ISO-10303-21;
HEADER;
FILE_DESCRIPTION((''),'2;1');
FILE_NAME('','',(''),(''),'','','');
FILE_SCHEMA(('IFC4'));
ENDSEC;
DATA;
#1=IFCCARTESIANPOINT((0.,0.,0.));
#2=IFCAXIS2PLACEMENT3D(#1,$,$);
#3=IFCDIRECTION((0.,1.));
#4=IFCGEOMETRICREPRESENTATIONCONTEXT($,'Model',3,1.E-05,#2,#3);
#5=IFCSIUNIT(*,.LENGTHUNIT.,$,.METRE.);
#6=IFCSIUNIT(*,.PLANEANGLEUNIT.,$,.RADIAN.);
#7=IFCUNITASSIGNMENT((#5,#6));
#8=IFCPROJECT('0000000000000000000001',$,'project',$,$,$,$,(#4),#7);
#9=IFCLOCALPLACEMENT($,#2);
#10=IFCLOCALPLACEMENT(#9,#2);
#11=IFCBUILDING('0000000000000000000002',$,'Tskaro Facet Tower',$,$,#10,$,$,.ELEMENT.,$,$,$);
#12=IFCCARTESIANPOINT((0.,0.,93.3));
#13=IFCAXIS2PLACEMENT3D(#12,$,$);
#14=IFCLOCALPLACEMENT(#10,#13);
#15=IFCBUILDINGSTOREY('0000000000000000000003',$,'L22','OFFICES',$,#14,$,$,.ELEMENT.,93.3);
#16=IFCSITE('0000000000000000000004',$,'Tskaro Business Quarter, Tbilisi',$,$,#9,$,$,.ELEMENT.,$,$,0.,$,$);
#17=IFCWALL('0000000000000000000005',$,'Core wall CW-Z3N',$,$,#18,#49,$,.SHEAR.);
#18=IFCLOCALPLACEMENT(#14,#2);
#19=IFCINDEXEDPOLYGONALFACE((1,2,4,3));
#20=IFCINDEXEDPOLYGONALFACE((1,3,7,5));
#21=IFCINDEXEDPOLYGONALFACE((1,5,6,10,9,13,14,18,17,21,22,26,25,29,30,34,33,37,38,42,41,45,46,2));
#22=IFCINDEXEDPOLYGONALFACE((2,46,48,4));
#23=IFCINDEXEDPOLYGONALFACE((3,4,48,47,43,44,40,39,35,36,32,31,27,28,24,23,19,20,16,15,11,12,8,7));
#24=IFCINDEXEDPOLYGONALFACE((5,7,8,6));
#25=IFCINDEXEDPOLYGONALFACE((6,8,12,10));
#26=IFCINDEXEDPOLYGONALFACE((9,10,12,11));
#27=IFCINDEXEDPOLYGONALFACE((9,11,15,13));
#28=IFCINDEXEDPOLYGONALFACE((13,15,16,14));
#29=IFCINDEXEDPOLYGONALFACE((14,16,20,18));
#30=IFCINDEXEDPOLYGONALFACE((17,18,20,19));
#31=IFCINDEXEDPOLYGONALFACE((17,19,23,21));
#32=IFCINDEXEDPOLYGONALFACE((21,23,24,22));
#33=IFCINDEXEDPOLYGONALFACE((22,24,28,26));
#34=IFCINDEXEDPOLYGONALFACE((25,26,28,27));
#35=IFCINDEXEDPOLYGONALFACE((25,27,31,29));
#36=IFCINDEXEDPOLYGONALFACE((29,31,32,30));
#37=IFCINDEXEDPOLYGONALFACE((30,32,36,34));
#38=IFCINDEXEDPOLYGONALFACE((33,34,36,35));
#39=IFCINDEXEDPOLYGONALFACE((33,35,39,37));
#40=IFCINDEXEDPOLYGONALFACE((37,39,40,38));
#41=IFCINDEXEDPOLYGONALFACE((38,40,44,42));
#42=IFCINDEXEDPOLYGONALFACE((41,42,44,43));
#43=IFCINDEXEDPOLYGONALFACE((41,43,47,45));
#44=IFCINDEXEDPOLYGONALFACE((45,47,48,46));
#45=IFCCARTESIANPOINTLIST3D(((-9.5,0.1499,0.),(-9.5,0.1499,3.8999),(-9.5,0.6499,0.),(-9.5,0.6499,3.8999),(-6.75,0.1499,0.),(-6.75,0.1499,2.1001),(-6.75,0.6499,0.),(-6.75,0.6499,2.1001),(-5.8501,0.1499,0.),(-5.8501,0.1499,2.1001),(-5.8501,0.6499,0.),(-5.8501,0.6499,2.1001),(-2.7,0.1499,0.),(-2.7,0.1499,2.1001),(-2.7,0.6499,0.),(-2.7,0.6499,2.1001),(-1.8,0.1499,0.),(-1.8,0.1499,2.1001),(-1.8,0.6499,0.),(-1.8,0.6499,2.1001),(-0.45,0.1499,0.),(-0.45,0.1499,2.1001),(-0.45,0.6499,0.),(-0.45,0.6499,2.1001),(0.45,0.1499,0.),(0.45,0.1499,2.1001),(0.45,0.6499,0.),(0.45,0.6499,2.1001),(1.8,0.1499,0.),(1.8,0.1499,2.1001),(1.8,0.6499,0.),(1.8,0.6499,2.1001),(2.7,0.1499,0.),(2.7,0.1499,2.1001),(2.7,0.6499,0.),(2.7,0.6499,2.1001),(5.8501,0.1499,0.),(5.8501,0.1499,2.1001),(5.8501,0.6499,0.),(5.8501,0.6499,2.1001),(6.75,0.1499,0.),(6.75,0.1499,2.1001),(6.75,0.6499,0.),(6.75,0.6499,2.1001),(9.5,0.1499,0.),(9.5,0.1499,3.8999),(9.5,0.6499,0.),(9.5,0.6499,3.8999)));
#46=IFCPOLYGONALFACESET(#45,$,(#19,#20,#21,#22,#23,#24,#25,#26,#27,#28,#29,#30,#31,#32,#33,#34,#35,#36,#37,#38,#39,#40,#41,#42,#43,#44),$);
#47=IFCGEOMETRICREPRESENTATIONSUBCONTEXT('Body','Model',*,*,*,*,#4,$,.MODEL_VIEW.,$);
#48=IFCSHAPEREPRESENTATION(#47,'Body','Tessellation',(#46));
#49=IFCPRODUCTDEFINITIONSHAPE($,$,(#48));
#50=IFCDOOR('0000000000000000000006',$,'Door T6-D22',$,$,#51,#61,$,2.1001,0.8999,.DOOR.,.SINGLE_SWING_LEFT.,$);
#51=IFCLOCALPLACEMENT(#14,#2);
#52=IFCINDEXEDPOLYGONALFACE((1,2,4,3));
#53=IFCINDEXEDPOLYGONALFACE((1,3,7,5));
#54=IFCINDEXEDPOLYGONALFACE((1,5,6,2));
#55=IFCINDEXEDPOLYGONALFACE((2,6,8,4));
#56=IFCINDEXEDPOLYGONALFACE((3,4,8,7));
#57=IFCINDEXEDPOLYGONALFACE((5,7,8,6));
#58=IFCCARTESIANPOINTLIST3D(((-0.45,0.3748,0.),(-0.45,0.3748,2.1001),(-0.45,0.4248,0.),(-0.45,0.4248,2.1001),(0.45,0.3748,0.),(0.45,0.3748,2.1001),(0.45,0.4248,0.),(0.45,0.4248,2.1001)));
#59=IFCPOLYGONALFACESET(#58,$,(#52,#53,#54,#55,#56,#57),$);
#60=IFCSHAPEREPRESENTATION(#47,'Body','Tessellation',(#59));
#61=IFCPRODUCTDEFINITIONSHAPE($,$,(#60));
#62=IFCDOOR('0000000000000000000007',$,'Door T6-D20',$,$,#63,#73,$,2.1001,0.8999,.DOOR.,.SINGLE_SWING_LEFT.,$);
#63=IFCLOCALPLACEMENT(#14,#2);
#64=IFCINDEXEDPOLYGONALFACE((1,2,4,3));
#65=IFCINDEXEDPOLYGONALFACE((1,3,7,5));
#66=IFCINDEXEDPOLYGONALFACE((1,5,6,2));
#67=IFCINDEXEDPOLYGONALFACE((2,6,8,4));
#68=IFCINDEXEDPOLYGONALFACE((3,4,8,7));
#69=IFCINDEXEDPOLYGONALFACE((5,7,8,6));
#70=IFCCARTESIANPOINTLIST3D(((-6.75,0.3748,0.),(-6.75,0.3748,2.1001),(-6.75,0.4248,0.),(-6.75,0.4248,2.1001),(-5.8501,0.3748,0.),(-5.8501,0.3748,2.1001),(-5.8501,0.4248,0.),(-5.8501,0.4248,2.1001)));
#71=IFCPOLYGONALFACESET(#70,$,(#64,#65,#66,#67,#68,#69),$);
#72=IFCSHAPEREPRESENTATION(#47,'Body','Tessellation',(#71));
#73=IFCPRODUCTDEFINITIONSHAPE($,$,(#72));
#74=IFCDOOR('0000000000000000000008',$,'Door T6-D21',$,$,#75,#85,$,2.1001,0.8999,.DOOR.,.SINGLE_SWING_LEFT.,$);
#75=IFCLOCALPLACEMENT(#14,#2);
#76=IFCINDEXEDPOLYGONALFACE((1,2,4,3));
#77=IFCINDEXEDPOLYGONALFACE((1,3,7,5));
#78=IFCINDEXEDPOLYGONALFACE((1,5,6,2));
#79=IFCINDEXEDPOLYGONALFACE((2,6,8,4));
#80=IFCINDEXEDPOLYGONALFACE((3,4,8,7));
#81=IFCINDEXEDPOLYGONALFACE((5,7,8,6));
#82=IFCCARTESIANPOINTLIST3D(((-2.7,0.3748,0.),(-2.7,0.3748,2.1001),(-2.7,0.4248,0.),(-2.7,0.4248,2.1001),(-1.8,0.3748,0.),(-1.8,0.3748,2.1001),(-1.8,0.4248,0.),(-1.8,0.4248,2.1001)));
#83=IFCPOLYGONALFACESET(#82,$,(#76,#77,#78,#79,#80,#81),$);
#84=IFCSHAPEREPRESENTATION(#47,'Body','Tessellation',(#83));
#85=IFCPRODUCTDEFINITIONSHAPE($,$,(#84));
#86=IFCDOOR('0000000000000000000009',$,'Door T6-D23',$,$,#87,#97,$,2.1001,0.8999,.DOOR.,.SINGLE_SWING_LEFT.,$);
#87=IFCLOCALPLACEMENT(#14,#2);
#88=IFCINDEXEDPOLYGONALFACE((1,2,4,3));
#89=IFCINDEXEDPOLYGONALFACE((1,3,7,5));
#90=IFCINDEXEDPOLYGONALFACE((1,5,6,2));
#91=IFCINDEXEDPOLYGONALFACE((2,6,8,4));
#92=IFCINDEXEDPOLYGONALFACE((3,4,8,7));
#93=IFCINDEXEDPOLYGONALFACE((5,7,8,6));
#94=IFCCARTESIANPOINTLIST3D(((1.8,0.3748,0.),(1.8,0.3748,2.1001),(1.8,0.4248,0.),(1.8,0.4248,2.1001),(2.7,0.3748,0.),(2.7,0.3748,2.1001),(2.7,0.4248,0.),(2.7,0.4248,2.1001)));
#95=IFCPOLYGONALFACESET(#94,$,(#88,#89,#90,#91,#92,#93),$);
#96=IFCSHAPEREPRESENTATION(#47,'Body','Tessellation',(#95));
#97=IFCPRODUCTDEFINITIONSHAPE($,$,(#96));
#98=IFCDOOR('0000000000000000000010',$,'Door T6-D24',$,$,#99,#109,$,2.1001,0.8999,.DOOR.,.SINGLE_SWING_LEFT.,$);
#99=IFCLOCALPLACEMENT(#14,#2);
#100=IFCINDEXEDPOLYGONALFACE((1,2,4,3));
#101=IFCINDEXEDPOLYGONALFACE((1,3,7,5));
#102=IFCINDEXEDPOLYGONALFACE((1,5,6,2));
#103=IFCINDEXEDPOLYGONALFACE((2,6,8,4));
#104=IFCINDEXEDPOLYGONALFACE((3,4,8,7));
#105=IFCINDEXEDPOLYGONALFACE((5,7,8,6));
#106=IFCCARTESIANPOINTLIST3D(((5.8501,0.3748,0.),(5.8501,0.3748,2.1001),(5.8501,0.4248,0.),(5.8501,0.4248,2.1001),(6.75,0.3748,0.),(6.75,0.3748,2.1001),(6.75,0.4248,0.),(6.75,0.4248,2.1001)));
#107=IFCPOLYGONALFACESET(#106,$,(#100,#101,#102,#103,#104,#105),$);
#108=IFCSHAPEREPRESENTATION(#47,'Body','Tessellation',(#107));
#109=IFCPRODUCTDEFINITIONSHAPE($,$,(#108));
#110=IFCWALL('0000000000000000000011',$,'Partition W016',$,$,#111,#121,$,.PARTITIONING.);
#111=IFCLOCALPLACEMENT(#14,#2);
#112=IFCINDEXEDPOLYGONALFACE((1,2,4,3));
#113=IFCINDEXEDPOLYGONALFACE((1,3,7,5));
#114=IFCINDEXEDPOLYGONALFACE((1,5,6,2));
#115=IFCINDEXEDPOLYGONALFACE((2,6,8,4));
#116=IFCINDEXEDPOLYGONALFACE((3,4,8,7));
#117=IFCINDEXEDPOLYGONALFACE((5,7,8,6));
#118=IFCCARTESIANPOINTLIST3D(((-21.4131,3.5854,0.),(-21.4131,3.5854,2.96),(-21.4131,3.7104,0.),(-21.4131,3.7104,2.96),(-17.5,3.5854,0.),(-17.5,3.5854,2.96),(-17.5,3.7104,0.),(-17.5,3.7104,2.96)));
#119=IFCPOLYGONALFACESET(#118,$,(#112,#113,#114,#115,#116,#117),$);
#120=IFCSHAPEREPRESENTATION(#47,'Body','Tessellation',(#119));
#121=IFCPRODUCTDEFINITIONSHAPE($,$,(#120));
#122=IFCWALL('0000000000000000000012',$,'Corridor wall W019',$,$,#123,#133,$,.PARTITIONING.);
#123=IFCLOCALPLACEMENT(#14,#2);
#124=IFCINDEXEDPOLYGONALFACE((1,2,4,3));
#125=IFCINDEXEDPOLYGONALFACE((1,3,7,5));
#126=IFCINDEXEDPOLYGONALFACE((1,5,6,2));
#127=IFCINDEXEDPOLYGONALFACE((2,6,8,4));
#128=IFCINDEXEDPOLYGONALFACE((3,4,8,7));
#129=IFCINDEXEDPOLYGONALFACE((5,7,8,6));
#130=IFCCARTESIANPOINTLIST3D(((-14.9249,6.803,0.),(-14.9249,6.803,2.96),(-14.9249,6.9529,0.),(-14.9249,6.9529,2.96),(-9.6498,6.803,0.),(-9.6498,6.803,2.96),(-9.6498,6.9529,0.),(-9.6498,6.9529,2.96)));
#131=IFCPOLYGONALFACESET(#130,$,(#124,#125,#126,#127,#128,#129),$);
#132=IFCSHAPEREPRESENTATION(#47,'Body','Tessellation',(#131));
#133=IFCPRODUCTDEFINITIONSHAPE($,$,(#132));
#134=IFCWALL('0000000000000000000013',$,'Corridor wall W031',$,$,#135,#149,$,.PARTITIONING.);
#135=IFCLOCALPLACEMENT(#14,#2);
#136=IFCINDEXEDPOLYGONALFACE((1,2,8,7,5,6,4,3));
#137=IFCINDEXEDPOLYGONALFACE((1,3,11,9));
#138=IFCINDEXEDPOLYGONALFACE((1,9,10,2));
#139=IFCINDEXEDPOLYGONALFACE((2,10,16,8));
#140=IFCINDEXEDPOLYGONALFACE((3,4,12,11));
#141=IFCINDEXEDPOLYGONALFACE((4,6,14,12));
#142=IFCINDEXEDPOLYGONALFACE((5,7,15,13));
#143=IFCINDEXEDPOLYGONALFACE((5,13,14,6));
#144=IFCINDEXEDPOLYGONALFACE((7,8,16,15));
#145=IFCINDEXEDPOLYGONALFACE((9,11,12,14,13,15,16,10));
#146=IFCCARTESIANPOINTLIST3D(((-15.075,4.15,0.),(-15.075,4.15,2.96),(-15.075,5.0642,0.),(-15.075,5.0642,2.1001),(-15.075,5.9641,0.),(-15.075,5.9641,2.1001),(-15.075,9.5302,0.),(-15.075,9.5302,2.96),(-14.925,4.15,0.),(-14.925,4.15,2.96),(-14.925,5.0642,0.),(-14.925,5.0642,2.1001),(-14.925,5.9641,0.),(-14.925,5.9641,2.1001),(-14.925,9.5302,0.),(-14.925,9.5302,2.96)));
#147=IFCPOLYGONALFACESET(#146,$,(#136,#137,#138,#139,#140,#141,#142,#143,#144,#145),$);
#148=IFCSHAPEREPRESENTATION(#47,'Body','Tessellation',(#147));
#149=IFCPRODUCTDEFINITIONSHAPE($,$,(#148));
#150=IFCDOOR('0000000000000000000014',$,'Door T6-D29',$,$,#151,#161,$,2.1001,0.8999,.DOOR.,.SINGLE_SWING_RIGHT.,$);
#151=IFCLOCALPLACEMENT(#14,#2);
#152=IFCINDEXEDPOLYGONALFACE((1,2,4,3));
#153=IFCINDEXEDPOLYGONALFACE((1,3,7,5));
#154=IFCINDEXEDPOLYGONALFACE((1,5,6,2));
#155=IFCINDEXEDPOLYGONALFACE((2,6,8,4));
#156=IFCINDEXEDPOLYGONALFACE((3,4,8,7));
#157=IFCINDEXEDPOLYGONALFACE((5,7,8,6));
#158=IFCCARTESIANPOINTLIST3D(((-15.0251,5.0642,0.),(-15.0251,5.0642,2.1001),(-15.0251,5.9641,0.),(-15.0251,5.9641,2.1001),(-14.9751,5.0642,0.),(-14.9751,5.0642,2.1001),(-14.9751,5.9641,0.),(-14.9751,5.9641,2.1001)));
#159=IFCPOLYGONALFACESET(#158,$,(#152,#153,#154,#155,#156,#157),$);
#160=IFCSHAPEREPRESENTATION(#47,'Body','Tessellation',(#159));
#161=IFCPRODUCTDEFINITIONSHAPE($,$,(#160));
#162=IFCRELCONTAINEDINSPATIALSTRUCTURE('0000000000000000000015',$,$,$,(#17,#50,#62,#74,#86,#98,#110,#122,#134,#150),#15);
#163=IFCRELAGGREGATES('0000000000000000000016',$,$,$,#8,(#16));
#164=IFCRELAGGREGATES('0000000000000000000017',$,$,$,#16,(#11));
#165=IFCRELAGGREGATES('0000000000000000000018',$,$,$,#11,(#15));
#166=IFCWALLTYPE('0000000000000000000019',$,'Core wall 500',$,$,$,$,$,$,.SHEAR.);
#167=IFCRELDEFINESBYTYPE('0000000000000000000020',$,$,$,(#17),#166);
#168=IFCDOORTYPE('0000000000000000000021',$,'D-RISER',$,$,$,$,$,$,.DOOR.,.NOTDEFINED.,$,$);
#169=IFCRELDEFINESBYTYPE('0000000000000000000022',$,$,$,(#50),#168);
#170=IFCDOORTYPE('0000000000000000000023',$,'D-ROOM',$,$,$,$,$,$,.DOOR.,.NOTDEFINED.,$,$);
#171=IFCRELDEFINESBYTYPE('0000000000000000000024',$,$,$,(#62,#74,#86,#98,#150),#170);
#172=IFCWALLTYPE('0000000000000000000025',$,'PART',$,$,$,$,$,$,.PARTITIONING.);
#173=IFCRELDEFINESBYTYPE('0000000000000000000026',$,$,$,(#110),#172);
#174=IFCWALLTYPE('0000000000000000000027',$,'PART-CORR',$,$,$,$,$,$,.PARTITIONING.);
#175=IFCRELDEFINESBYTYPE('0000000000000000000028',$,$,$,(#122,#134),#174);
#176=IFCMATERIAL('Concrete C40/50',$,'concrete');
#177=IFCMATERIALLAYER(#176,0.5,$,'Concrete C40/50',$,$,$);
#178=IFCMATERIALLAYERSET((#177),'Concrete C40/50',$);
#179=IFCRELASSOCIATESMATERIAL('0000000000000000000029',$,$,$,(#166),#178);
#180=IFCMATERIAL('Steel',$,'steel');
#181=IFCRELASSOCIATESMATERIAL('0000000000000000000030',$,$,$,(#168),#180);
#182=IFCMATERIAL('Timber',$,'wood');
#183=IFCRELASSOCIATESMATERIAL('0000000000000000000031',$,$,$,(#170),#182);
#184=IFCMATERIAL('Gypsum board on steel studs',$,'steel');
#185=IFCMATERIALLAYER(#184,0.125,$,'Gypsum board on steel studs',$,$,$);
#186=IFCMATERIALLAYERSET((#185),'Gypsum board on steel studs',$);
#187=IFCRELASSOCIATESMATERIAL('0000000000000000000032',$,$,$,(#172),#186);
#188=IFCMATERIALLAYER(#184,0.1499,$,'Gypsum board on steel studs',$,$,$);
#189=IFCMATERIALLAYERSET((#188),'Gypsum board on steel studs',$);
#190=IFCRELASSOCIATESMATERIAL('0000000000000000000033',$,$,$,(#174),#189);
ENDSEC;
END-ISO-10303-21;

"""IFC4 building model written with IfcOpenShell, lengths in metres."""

from ifc_helpers import new_model, si_unit, direction, frame, frame_2d, origin, place, context, subcontext, project, spatial, rectangle, extrude, material, layer, layer_set, type_object, element, fill, save


model = new_model("IFC4")

# Units and contexts
model_context = context("Model", 3, precision=1e-05, world=origin(), true_north=direction((0.0, 1.0)))
body_context = subcontext(model_context, "Body", "Model", "MODEL_VIEW")
ifc_project = project(units=[si_unit("LENGTHUNIT", "METRE"), si_unit("PLANEANGLEUNIT", "RADIAN")], contexts=[model_context])

# Site, building, storey
site_placement = place(None, origin())
site = spatial("IfcSite", under=ifc_project, at=site_placement, Name="Tskaro Business Quarter, Tbilisi", CompositionType="ELEMENT", RefElevation=0.0)
building_placement = place(site_placement, origin())
building = spatial("IfcBuilding", under=site, at=building_placement, Name="Tskaro Facet Tower", CompositionType="ELEMENT")
storey_placement = place(building_placement, frame((0.0, 0.0, 93.3)))
storey = spatial("IfcBuildingStorey", under=building, at=storey_placement, Name="L22", Description="OFFICES", CompositionType="ELEMENT", Elevation=93.3)

# Wall, openings, doors
ifc_material_1 = material(Name="Concrete C40/50", Category="concrete")
ifc_layer_1 = layer(ifc_material_1, 0.5, Name="Concrete C40/50")
ifc_layer_set_1 = layer_set([ifc_layer_1], Name="Concrete C40/50")
wall_type_1 = type_object("IfcWallType", Name="Core wall 500", PredefinedType="SHEAR", material=ifc_layer_set_1)
wall_1_placement = place(storey_placement, frame((-9.5, 0.3999, 0.0), z_axis=(0.0, 0.0, 1.0), x_axis=(1.0, 0.0, 0.0)))
wall_1 = element("IfcWall", 1, at=wall_1_placement, inside=storey, type_object=wall_type_1, Name="Core wall CW-Z3N", PredefinedType="SHEAR", context=body_context, shape_type="SweptSolid", body=[
    extrude(rectangle(XDim=19.0, YDim=0.5, at=frame_2d((9.5, 0.0))), origin(), (0.0, 0.0, 1.0), 3.8999),
])
opening_1_placement = place(wall_1_placement, frame((2.75, 0.0, 0.0)))
opening_1 = element("IfcOpeningElement", 2, at=opening_1_placement, cuts=wall_1, PredefinedType="OPENING", context=body_context, shape_type="SweptSolid", body=[
    extrude(rectangle(XDim=0.8999, YDim=2.1001, at=frame_2d((0.45, 1.05))), frame((0.0, 0.26, 0.0), z_axis=(0.0, -1.0, 0.0), x_axis=(1.0, 0.0, 0.0)), (0.0, 0.0, 1.0), 0.52),
])
opening_2_placement = place(wall_1_placement, frame((6.8, 0.0, 0.0)))
opening_2 = element("IfcOpeningElement", 3, at=opening_2_placement, cuts=wall_1, PredefinedType="OPENING", context=body_context, shape_type="SweptSolid", body=[
    extrude(rectangle(XDim=0.8999, YDim=2.1001, at=frame_2d((0.45, 1.05))), frame((0.0, 0.26, 0.0), z_axis=(0.0, -1.0, 0.0), x_axis=(1.0, 0.0, 0.0)), (0.0, 0.0, 1.0), 0.52),
])
opening_3_placement = place(wall_1_placement, frame((11.3, 0.0, 0.0)))
opening_3 = element("IfcOpeningElement", 4, at=opening_3_placement, cuts=wall_1, PredefinedType="OPENING", context=body_context, shape_type="SweptSolid", body=[
    extrude(rectangle(XDim=0.8999, YDim=2.1001, at=frame_2d((0.45, 1.05))), frame((0.0, 0.26, 0.0), z_axis=(0.0, -1.0, 0.0), x_axis=(1.0, 0.0, 0.0)), (0.0, 0.0, 1.0), 0.52),
])
opening_4_placement = place(wall_1_placement, frame((15.3501, 0.0, 0.0)))
opening_4 = element("IfcOpeningElement", 5, at=opening_4_placement, cuts=wall_1, PredefinedType="OPENING", context=body_context, shape_type="SweptSolid", body=[
    extrude(rectangle(XDim=0.8999, YDim=2.1001, at=frame_2d((0.45, 1.05))), frame((0.0, 0.26, 0.0), z_axis=(0.0, -1.0, 0.0), x_axis=(1.0, 0.0, 0.0)), (0.0, 0.0, 1.0), 0.52),
])
opening_5_placement = place(wall_1_placement, frame((9.05, 0.0, 0.0)))
opening_5 = element("IfcOpeningElement", 6, at=opening_5_placement, cuts=wall_1, PredefinedType="OPENING", context=body_context, shape_type="SweptSolid", body=[
    extrude(rectangle(XDim=0.8999, YDim=2.1001, at=frame_2d((0.45, 1.05))), frame((0.0, 0.26, 0.0), z_axis=(0.0, -1.0, 0.0), x_axis=(1.0, 0.0, 0.0)), (0.0, 0.0, 1.0), 0.52),
])
ifc_material_2 = material(Name="Steel", Category="steel")
door_type_1 = type_object("IfcDoorType", Name="D-RISER", OperationType="NOTDEFINED", PredefinedType="DOOR", material=ifc_material_2)
door_1_placement = place(opening_5_placement, origin())
door_1 = element("IfcDoor", 7, at=door_1_placement, inside=storey, type_object=door_type_1, Name="Door T6-D22", OperationType="SINGLE_SWING_LEFT", OverallHeight=2.1001, OverallWidth=0.8999, PredefinedType="DOOR", context=body_context, shape_type="SweptSolid", body=[
    extrude(rectangle(XDim=0.8999, YDim=2.1001, at=frame_2d((0.45, 1.05))), frame((0.0, 0.0249, 0.0), z_axis=(0.0, -1.0, 0.0), x_axis=(1.0, 0.0, 0.0)), (0.0, 0.0, 1.0), 0.05),
])
fill(opening_5, door_1)
ifc_material_3 = material(Name="Timber", Category="wood")
door_type_2 = type_object("IfcDoorType", Name="D-ROOM", OperationType="NOTDEFINED", PredefinedType="DOOR", material=ifc_material_3)
door_2_placement = place(opening_1_placement, origin())
door_2 = element("IfcDoor", 8, at=door_2_placement, inside=storey, type_object=door_type_2, Name="Door T6-D20", OperationType="SINGLE_SWING_LEFT", OverallHeight=2.1001, OverallWidth=0.8999, PredefinedType="DOOR", context=body_context, shape_type="SweptSolid", body=[
    extrude(rectangle(XDim=0.8999, YDim=2.1001, at=frame_2d((0.45, 1.05))), frame((0.0, 0.0249, 0.0), z_axis=(0.0, -1.0, 0.0), x_axis=(1.0, 0.0, 0.0)), (0.0, 0.0, 1.0), 0.05),
])
fill(opening_1, door_2)
door_3_placement = place(opening_2_placement, origin())
door_3 = element("IfcDoor", 9, at=door_3_placement, inside=storey, type_object=door_type_2, Name="Door T6-D21", OperationType="SINGLE_SWING_LEFT", OverallHeight=2.1001, OverallWidth=0.8999, PredefinedType="DOOR", context=body_context, shape_type="SweptSolid", body=[
    extrude(rectangle(XDim=0.8999, YDim=2.1001, at=frame_2d((0.45, 1.05))), frame((0.0, 0.0249, 0.0), z_axis=(0.0, -1.0, 0.0), x_axis=(1.0, 0.0, 0.0)), (0.0, 0.0, 1.0), 0.05),
])
fill(opening_2, door_3)
door_4_placement = place(opening_3_placement, origin())
door_4 = element("IfcDoor", 10, at=door_4_placement, inside=storey, type_object=door_type_2, Name="Door T6-D23", OperationType="SINGLE_SWING_LEFT", OverallHeight=2.1001, OverallWidth=0.8999, PredefinedType="DOOR", context=body_context, shape_type="SweptSolid", body=[
    extrude(rectangle(XDim=0.8999, YDim=2.1001, at=frame_2d((0.45, 1.05))), frame((0.0, 0.0249, 0.0), z_axis=(0.0, -1.0, 0.0), x_axis=(1.0, 0.0, 0.0)), (0.0, 0.0, 1.0), 0.05),
])
fill(opening_3, door_4)
door_5_placement = place(opening_4_placement, origin())
door_5 = element("IfcDoor", 11, at=door_5_placement, inside=storey, type_object=door_type_2, Name="Door T6-D24", OperationType="SINGLE_SWING_LEFT", OverallHeight=2.1001, OverallWidth=0.8999, PredefinedType="DOOR", context=body_context, shape_type="SweptSolid", body=[
    extrude(rectangle(XDim=0.8999, YDim=2.1001, at=frame_2d((0.45, 1.05))), frame((0.0, 0.0249, 0.0), z_axis=(0.0, -1.0, 0.0), x_axis=(1.0, 0.0, 0.0)), (0.0, 0.0, 1.0), 0.05),
])
fill(opening_4, door_5)

# Walls
ifc_material_4 = material(Name="Gypsum board on steel studs", Category="steel")
ifc_layer_2 = layer(ifc_material_4, 0.125, Name="Gypsum board on steel studs")
ifc_layer_set_2 = layer_set([ifc_layer_2], Name="Gypsum board on steel studs")
wall_type_2 = type_object("IfcWallType", Name="PART", PredefinedType="PARTITIONING", material=ifc_layer_set_2)
wall_2_placement = place(storey_placement, frame((-21.4131, 3.6479, 0.0), z_axis=(0.0, 0.0, 1.0), x_axis=(1.0, 0.0, 0.0)))
element("IfcWall", 12, at=wall_2_placement, inside=storey, type_object=wall_type_2, Name="Partition W016", PredefinedType="PARTITIONING", context=body_context, shape_type="SweptSolid", body=[
    extrude(rectangle(XDim=3.9131, YDim=0.125, at=frame_2d((1.9565, 0.0))), origin(), (0.0, 0.0, 1.0), 2.96),
])
ifc_layer_3 = layer(ifc_material_4, 0.1499, Name="Gypsum board on steel studs")
ifc_layer_set_3 = layer_set([ifc_layer_3], Name="Gypsum board on steel studs")
wall_type_3 = type_object("IfcWallType", Name="PART-CORR", PredefinedType="PARTITIONING", material=ifc_layer_set_3)
wall_3_placement = place(storey_placement, frame((-14.925, 6.8779, 0.0), z_axis=(0.0, 0.0, 1.0), x_axis=(1.0, 0.0, 0.0)))
element("IfcWall", 13, at=wall_3_placement, inside=storey, type_object=wall_type_3, Name="Corridor wall W019", PredefinedType="PARTITIONING", context=body_context, shape_type="SweptSolid", body=[
    extrude(rectangle(XDim=5.2751, YDim=0.1499, at=frame_2d((2.6377, 0.0))), origin(), (0.0, 0.0, 1.0), 2.96),
])

# Wall, opening, door
wall_4_placement = place(storey_placement, frame((-15.0, 9.53, 0.0), z_axis=(0.0, 0.0, 1.0), x_axis=(0.0, -1.0, 0.0)))
wall_4 = element("IfcWall", 14, at=wall_4_placement, inside=storey, type_object=wall_type_3, Name="Corridor wall W031", PredefinedType="PARTITIONING", context=body_context, shape_type="SweptSolid", body=[
    extrude(rectangle(XDim=5.3801, YDim=0.1499, at=frame_2d((2.6899, 0.0))), origin(), (0.0, 0.0, 1.0), 2.96),
])
opening_6_placement = place(wall_4_placement, frame((3.5659, 0.0, 0.0)))
opening_6 = element("IfcOpeningElement", 15, at=opening_6_placement, cuts=wall_4, PredefinedType="OPENING", context=body_context, shape_type="SweptSolid", body=[
    extrude(rectangle(XDim=0.8999, YDim=2.1001, at=frame_2d((0.45, 1.05))), frame((0.0, 0.085, 0.0), z_axis=(0.0, -1.0, 0.0), x_axis=(1.0, 0.0, 0.0)), (0.0, 0.0, 1.0), 0.1699),
])
door_6_placement = place(opening_6_placement, origin())
door_6 = element("IfcDoor", 16, at=door_6_placement, inside=storey, type_object=door_type_2, Name="Door T6-D29", OperationType="SINGLE_SWING_RIGHT", OverallHeight=2.1001, OverallWidth=0.8999, PredefinedType="DOOR", context=body_context, shape_type="SweptSolid", body=[
    extrude(rectangle(XDim=0.8999, YDim=2.1001, at=frame_2d((0.45, 1.05))), frame((0.0, 0.0249, 0.0), z_axis=(0.0, -1.0, 0.0), x_axis=(1.0, 0.0, 0.0)), (0.0, 0.0, 1.0), 0.05),
])
fill(opening_6, door_6)

save(model, "model.ifc")
